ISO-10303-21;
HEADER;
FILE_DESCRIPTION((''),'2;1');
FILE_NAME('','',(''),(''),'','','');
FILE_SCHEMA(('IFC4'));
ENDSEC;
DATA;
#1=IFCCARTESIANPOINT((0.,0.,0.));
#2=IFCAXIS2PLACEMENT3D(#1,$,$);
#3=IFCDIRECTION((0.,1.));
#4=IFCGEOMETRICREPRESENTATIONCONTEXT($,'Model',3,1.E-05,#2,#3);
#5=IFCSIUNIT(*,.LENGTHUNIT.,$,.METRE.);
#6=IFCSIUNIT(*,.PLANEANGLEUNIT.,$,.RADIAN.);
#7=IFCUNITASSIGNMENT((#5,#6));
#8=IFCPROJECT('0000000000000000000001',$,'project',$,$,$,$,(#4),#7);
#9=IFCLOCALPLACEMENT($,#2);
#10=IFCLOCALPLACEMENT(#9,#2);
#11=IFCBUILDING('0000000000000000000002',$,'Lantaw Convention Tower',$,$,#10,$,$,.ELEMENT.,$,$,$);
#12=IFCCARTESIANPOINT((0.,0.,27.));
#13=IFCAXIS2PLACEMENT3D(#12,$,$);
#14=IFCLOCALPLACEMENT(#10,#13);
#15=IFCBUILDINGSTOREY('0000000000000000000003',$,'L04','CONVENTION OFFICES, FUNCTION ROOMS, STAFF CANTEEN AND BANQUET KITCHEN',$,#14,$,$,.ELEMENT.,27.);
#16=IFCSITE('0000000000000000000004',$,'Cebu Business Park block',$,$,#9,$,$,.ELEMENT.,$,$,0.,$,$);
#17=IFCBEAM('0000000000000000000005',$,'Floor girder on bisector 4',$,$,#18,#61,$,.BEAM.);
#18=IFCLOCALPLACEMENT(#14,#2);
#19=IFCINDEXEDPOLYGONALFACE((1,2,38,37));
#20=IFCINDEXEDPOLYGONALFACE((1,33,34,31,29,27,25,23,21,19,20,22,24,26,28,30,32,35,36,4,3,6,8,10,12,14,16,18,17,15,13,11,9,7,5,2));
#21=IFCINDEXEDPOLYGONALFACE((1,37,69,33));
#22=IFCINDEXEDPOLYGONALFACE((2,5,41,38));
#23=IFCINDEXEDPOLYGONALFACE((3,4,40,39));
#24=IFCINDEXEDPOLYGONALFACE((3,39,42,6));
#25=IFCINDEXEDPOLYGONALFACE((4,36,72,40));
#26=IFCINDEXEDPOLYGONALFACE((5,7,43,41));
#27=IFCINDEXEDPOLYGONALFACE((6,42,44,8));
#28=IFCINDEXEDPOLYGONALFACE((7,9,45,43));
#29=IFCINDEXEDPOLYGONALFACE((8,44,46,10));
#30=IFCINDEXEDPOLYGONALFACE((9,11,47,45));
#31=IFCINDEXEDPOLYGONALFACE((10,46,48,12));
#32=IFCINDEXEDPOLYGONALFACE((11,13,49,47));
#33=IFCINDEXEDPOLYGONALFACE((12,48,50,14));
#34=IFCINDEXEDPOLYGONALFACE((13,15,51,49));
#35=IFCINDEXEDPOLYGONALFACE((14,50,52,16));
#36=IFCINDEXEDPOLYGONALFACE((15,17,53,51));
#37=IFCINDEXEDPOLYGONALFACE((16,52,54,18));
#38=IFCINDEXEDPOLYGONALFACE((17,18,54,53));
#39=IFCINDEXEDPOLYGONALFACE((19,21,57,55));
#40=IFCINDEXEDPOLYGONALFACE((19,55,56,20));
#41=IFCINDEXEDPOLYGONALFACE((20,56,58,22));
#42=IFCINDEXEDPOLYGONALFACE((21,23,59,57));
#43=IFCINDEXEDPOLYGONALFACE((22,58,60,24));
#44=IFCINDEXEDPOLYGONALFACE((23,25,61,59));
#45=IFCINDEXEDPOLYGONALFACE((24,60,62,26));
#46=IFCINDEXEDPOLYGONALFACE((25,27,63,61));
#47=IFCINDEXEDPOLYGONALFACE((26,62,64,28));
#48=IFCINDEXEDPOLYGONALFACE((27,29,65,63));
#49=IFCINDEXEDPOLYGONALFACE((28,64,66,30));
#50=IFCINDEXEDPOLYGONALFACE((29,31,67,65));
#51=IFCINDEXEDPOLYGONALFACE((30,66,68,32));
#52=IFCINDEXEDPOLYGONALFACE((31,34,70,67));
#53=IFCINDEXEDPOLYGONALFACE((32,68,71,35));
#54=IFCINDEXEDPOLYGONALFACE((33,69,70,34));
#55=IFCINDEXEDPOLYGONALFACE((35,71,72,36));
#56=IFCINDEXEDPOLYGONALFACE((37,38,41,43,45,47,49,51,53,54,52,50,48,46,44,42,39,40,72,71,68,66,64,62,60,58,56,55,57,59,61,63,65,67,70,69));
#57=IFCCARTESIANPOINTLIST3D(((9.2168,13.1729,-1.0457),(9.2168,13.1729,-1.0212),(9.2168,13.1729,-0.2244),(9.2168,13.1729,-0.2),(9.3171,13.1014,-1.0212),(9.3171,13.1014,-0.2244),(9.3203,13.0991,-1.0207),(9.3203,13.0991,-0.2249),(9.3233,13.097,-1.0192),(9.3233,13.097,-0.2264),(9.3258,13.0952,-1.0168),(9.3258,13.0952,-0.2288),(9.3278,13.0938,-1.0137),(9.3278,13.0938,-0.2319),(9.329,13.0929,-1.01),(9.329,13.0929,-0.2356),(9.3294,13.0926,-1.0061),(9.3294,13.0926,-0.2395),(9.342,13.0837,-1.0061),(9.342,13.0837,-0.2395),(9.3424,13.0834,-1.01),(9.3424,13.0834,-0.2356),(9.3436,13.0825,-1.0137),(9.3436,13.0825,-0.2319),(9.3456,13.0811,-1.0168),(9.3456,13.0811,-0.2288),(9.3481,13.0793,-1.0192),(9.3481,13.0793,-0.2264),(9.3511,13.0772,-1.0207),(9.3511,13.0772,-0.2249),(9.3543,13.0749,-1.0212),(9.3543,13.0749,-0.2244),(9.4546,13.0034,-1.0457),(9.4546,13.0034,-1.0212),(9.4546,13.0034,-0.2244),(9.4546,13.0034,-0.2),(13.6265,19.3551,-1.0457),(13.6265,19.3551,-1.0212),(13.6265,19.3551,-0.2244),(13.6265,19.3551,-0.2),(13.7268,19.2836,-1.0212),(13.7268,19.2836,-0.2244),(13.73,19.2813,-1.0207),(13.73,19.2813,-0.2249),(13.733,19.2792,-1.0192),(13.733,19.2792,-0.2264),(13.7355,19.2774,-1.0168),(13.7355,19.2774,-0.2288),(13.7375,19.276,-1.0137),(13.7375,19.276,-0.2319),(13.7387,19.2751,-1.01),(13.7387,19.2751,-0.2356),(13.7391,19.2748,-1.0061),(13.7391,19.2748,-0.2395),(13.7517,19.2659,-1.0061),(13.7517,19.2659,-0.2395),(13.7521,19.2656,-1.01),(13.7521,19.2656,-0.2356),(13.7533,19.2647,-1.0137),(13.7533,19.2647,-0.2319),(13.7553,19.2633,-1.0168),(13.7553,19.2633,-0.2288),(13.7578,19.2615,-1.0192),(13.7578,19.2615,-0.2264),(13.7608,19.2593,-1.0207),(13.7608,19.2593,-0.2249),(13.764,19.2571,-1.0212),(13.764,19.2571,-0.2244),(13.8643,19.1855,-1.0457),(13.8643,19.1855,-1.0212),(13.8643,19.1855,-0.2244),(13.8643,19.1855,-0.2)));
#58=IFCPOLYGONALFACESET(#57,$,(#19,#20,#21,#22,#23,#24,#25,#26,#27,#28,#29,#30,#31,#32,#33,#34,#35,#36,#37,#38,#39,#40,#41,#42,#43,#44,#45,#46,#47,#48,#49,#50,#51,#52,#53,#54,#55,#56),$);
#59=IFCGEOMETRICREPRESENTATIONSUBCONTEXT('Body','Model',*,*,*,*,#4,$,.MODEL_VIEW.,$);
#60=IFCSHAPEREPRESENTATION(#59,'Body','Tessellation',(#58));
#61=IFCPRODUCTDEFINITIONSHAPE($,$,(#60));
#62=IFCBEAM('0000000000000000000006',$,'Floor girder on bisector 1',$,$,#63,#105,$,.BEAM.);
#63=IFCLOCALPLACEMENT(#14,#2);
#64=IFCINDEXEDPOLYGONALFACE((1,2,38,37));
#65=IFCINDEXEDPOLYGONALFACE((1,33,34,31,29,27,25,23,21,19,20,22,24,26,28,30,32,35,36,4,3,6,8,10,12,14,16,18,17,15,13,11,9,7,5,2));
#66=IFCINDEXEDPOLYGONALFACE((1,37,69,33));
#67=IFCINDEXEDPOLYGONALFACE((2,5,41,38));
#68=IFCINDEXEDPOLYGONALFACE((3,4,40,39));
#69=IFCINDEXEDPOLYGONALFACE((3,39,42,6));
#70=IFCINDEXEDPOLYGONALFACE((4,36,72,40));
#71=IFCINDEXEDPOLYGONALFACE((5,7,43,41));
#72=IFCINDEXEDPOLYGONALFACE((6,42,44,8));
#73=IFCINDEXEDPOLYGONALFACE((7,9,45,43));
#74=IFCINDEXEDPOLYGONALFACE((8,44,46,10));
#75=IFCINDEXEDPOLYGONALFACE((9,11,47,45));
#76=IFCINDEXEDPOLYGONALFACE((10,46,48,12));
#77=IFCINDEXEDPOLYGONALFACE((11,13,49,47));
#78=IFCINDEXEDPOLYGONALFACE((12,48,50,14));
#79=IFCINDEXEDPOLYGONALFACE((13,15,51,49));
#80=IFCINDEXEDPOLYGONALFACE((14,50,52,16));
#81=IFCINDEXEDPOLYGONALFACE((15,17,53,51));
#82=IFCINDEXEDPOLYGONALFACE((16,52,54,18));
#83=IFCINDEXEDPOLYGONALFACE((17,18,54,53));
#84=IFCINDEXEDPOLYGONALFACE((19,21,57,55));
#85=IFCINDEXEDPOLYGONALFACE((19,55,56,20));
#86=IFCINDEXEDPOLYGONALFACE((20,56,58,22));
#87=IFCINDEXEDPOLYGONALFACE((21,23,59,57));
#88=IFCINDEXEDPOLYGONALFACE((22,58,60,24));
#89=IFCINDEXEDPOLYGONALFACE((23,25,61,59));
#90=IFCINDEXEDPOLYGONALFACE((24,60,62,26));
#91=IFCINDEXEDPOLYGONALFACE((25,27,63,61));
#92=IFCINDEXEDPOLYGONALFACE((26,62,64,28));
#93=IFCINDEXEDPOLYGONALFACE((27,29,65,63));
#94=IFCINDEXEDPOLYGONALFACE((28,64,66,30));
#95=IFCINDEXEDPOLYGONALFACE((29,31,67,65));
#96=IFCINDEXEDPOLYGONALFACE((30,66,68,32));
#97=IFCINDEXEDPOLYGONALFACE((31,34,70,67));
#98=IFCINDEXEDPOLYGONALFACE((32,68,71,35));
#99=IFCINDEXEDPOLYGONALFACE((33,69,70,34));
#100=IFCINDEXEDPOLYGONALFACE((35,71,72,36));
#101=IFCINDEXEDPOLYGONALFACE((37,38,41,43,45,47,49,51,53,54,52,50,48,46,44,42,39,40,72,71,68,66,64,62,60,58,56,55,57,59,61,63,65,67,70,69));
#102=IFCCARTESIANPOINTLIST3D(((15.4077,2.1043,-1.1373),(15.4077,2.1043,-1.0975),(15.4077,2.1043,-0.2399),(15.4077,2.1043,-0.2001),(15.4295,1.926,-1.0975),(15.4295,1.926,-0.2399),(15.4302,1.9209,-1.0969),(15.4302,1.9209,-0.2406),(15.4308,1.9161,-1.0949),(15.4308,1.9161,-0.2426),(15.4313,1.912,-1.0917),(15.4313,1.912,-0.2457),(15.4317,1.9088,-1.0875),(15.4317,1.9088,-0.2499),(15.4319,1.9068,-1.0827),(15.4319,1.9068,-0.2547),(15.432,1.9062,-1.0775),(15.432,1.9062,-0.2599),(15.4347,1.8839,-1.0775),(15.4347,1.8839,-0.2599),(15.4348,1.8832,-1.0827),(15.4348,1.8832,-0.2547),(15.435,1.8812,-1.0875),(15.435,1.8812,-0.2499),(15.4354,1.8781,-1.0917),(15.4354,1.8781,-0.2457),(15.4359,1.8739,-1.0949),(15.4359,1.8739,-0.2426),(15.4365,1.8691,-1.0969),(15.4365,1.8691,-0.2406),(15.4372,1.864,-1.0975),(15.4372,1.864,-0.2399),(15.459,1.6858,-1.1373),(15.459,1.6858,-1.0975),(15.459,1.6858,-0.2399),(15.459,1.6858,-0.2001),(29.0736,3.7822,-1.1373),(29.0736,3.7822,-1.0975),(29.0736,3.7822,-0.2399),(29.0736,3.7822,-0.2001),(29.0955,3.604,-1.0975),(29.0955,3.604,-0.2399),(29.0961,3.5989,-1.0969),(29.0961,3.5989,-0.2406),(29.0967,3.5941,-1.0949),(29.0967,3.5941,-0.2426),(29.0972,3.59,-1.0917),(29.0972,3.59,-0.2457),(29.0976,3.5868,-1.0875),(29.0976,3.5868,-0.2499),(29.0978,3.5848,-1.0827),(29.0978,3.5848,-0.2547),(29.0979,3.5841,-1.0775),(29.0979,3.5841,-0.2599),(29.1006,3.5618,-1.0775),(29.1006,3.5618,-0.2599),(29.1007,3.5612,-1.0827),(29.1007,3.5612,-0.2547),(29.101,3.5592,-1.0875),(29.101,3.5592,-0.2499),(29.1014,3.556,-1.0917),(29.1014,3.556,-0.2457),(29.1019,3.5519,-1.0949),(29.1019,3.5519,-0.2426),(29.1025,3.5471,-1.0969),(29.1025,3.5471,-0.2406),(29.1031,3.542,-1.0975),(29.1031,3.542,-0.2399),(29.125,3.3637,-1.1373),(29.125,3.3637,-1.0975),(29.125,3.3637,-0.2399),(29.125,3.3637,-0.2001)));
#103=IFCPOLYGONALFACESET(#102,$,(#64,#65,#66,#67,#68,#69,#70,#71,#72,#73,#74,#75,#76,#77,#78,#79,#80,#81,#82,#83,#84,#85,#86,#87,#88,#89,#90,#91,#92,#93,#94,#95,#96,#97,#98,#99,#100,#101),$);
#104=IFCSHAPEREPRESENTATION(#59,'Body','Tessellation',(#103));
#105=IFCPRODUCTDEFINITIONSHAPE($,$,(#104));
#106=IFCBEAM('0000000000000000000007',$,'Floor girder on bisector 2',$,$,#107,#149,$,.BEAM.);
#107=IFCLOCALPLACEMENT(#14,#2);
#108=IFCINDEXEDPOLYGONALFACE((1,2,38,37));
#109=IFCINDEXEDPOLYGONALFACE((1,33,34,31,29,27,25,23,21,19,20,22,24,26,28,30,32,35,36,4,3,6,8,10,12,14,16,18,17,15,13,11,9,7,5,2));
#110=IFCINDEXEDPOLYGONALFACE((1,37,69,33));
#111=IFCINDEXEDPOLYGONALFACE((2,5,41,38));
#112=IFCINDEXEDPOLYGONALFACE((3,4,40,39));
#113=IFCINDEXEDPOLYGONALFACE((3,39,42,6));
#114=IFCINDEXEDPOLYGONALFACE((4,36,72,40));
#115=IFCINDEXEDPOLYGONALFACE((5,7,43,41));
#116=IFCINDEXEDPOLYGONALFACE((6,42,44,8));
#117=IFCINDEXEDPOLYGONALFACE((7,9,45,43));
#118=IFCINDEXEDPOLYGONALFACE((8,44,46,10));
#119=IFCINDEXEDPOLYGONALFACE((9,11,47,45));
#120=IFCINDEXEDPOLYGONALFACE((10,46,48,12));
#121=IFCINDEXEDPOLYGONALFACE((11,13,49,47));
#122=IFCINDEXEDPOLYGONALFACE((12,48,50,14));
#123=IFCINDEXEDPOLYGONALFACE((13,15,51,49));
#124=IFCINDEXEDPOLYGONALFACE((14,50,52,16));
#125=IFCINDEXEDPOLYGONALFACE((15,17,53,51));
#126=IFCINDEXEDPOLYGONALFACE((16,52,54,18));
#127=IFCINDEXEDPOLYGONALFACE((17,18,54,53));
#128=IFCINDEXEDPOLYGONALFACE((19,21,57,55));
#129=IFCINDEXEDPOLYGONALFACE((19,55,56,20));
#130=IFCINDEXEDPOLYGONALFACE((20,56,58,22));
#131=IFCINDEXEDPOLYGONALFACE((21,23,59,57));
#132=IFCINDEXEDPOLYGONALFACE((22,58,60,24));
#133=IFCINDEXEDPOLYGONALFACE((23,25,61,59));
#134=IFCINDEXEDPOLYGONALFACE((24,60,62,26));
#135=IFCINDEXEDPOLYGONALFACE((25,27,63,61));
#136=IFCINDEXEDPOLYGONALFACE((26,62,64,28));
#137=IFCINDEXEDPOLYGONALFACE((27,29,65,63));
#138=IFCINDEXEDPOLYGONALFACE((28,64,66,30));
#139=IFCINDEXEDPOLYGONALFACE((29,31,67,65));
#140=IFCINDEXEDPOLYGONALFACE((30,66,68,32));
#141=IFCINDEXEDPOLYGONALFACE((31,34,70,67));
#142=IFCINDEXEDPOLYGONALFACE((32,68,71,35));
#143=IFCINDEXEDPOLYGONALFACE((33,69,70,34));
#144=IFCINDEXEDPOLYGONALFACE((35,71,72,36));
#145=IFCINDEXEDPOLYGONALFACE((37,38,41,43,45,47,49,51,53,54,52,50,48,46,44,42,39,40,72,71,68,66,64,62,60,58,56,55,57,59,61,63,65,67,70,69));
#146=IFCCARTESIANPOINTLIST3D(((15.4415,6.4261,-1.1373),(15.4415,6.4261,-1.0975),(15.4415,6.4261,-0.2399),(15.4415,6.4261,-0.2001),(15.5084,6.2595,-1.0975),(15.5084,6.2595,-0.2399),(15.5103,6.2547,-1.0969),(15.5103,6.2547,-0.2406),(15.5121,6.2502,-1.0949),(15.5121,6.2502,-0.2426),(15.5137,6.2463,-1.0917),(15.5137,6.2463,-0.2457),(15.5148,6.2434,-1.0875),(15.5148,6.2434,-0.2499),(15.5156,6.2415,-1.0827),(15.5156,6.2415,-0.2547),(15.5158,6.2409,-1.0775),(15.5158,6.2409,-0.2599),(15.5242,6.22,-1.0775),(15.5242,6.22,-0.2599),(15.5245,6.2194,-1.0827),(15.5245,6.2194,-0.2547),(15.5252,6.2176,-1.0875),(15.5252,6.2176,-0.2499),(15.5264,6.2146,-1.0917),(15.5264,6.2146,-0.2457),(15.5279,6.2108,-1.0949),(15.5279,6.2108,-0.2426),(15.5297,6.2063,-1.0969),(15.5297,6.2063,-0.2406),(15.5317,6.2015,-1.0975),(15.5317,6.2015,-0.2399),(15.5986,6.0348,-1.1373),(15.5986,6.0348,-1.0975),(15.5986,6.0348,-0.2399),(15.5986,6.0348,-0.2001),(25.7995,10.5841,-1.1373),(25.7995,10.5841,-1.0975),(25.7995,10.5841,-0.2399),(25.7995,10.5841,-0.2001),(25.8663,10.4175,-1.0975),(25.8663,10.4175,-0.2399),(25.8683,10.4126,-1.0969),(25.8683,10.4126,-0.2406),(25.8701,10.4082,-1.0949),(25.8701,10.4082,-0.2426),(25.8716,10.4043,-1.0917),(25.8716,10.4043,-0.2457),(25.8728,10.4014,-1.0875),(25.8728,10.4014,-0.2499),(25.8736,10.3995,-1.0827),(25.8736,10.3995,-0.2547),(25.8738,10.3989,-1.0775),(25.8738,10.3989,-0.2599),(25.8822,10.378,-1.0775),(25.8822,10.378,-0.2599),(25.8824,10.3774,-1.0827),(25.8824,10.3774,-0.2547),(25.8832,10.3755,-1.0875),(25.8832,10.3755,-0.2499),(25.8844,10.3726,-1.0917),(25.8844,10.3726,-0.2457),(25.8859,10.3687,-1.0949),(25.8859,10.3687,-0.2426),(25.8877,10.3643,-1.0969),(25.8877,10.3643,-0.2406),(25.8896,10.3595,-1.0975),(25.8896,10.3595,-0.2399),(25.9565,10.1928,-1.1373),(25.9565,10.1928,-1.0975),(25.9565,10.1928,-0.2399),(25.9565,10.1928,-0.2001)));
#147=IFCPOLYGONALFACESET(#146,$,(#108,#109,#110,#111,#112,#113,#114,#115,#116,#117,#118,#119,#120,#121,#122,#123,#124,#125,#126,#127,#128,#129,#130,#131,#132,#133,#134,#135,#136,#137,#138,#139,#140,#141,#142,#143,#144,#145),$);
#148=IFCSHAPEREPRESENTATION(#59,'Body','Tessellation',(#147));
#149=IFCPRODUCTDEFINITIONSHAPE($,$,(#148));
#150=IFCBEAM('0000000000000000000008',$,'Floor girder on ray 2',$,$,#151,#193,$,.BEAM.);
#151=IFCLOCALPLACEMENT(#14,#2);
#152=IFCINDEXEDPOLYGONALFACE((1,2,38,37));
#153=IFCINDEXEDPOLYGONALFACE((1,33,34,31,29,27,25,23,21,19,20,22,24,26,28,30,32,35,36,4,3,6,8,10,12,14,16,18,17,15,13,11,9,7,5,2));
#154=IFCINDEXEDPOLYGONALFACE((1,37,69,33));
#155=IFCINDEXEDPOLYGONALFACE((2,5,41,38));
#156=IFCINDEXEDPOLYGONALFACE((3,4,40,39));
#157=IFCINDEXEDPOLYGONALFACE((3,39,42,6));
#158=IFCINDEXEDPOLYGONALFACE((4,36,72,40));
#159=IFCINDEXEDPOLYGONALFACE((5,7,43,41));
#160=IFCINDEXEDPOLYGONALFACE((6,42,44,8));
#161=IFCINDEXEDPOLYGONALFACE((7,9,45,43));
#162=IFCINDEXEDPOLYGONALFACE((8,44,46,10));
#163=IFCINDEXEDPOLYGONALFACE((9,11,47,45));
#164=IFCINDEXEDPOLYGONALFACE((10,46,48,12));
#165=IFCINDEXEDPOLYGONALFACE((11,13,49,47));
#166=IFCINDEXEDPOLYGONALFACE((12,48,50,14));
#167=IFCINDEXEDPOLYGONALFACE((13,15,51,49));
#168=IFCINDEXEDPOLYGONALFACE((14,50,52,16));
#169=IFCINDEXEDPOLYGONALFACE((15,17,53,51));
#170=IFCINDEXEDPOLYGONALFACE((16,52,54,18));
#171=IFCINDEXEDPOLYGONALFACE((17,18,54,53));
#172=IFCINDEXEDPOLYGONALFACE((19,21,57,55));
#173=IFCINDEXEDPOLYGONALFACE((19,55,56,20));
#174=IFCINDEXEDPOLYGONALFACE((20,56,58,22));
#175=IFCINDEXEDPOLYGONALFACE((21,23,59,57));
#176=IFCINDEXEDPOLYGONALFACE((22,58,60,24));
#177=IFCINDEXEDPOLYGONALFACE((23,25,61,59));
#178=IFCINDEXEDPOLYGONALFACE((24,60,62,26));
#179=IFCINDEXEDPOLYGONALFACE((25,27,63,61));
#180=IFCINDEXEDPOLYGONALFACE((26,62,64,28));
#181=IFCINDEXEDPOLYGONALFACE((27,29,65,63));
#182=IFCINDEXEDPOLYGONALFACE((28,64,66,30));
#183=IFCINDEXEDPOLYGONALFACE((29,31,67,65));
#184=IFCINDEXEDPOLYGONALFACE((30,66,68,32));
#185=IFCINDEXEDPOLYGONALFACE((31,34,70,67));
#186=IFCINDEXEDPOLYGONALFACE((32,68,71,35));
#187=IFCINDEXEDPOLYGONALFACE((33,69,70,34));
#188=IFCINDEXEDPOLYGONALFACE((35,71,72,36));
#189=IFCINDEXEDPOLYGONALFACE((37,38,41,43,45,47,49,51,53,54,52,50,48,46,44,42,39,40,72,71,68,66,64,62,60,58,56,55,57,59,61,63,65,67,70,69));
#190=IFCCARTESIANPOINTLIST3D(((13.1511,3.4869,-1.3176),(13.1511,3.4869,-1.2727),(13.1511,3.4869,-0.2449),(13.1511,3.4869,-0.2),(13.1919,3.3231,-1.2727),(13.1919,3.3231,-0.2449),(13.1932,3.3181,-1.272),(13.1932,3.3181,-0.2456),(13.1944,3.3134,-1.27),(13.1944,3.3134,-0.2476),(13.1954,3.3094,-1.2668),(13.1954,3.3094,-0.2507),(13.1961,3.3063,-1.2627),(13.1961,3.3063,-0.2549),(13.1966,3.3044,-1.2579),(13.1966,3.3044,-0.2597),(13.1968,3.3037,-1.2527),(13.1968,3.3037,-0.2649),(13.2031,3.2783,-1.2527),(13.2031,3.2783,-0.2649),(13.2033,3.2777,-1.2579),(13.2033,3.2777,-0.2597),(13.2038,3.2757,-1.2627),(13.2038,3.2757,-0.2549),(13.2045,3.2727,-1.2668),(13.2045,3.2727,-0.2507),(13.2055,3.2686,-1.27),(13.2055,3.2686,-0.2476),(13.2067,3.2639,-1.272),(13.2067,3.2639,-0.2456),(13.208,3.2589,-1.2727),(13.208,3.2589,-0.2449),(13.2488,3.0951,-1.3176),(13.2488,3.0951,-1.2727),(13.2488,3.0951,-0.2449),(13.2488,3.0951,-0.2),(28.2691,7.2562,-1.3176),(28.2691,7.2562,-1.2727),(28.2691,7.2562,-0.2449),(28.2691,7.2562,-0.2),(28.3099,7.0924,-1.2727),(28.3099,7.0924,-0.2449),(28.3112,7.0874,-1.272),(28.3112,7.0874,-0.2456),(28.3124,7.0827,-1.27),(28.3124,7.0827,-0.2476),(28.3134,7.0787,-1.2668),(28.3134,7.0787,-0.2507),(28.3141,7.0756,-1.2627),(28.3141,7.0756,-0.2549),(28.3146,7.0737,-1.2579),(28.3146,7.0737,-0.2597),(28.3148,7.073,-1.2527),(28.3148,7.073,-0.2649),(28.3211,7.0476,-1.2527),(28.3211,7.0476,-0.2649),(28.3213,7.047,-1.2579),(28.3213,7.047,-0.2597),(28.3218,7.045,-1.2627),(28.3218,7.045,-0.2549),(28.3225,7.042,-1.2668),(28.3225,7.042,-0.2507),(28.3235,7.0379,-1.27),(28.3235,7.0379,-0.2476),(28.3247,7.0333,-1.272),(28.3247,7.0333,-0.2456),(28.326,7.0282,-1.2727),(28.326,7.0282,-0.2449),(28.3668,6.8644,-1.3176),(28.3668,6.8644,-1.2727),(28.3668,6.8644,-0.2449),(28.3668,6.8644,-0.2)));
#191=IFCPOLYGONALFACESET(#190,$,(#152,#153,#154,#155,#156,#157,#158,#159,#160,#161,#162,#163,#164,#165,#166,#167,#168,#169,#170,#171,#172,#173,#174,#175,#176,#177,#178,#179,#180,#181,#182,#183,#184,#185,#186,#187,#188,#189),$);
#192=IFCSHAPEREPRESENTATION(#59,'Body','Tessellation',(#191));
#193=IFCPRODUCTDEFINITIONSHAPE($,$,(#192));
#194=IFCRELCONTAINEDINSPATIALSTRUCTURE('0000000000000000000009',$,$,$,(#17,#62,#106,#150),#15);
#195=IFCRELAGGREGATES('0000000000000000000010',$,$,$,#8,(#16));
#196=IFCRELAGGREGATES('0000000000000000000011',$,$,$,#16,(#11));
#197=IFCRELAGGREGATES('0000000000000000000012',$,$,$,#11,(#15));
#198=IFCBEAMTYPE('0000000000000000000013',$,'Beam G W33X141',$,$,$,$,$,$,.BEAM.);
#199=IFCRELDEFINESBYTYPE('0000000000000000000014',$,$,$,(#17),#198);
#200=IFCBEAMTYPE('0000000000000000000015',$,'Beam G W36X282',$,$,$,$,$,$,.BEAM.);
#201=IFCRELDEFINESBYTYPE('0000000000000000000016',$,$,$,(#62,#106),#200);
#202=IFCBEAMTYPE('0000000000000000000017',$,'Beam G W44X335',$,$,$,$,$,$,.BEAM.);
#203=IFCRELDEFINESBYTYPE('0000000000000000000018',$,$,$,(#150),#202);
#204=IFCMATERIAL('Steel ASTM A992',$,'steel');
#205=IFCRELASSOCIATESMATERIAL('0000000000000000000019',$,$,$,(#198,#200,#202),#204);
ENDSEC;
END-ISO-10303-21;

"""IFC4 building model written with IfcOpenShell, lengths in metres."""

from ifc_helpers import new_model, si_unit, direction, frame, origin, origin_2d, place, context, subcontext, project, spatial, i_section, extrude, material, material_profile, profile_set, type_object, element, save


model = new_model("IFC4")

# Units and contexts
model_context = context("Model", 3, precision=1e-05, world=origin(), true_north=direction((0.0, 1.0)))
body_context = subcontext(model_context, "Body", "Model", "MODEL_VIEW")
ifc_project = project(units=[si_unit("LENGTHUNIT", "METRE"), si_unit("PLANEANGLEUNIT", "RADIAN")], contexts=[model_context])

# Site, building, storey
site_placement = place(None, origin())
site = spatial("IfcSite", under=ifc_project, at=site_placement, Name="Cebu Business Park block", CompositionType="ELEMENT", RefElevation=0.0)
building_placement = place(site_placement, origin())
building = spatial("IfcBuilding", under=site, at=building_placement, Name="Lantaw Convention Tower", CompositionType="ELEMENT")
storey_placement = place(building_placement, frame((0.0, 0.0, 27.0)))
storey = spatial("IfcBuildingStorey", under=building, at=storey_placement, Name="L04", Description="CONVENTION OFFICES, FUNCTION ROOMS, STAFF CANTEEN AND BANQUET KITCHEN", CompositionType="ELEMENT", Elevation=27.0)

# Beams
ifc_material_1 = material(Name="Steel ASTM A992", Category="steel")
ifc_material_profile_1 = material_profile(ifc_material_1, i_section(OverallWidth=0.292, OverallDepth=0.8457, WebThickness=0.0154, FlangeThickness=0.0244, FilletRadius=0.0151, at=origin_2d()), Name="W33X141")
ifc_profile_set_1 = profile_set([ifc_material_profile_1], Name="Steel ASTM A992")
beam_type_1 = type_object("IfcBeamType", Name="Beam G W33X141", PredefinedType="BEAM", material=ifc_profile_set_1)
beam_1_placement = place(storey_placement, frame((9.3357, 13.0881, -0.6228), z_axis=(0.580703, 0.814116, 0.0), x_axis=(-0.814116, 0.580703, 0.0)))
element("IfcBeam", 1, at=beam_1_placement, inside=storey, type_object=beam_type_1, Name="Floor girder on bisector 4", PredefinedType="BEAM", context=body_context, shape_type="SweptSolid", body=[
    extrude(i_section(OverallWidth=0.292, OverallDepth=0.8457, WebThickness=0.0154, FlangeThickness=0.0244, FilletRadius=0.0151, at=origin_2d()), origin(), (0.0, 0.0, 1.0), 7.5938),
])
ifc_material_profile_2 = material_profile(ifc_material_1, i_section(OverallWidth=0.4216, OverallDepth=0.9373, WebThickness=0.0225, FlangeThickness=0.0398, FilletRadius=0.02, at=origin_2d()), Name="W36X282")
ifc_profile_set_2 = profile_set([ifc_material_profile_2], Name="Steel ASTM A992")
beam_type_2 = type_object("IfcBeamType", Name="Beam G W36X282", PredefinedType="BEAM", material=ifc_profile_set_2)
beam_2_placement = place(storey_placement, frame((15.4333, 1.895, -0.6687), z_axis=(0.992546, 0.12187, 0.0), x_axis=(-0.12187, 0.992546, 0.0)))
element("IfcBeam", 2, at=beam_2_placement, inside=storey, type_object=beam_type_2, Name="Floor girder on bisector 1", PredefinedType="BEAM", context=body_context, shape_type="SweptSolid", body=[
    extrude(i_section(OverallWidth=0.4216, OverallDepth=0.9373, WebThickness=0.0225, FlangeThickness=0.0398, FilletRadius=0.02, at=origin_2d()), origin(), (0.0, 0.0, 1.0), 13.7686),
])
beam_3_placement = place(storey_placement, frame((15.52, 6.2305, -0.6687), z_axis=(0.928019, 0.372533, 0.0), x_axis=(-0.372533, 0.928019, 0.0)))
element("IfcBeam", 3, at=beam_3_placement, inside=storey, type_object=beam_type_2, Name="Floor girder on bisector 2", PredefinedType="BEAM", context=body_context, shape_type="SweptSolid", body=[
    extrude(i_section(OverallWidth=0.4216, OverallDepth=0.9373, WebThickness=0.0225, FlangeThickness=0.0398, FilletRadius=0.02, at=origin_2d()), origin(), (0.0, 0.0, 1.0), 11.1614),
])
ifc_material_profile_3 = material_profile(ifc_material_1, i_section(OverallWidth=0.4038, OverallDepth=1.1177, WebThickness=0.0261, FlangeThickness=0.0449, FilletRadius=0.02, at=origin_2d()), Name="W44X335")
ifc_profile_set_3 = profile_set([ifc_material_profile_3], Name="Steel ASTM A992")
beam_type_3 = type_object("IfcBeamType", Name="Beam G W44X335", PredefinedType="BEAM", material=ifc_profile_set_3)
beam_4_placement = place(storey_placement, frame((13.2, 3.291, -0.7588), z_axis=(0.970296, 0.24192, 0.0), x_axis=(-0.24192, 0.970296, 0.0)))
element("IfcBeam", 4, at=beam_4_placement, inside=storey, type_object=beam_type_3, Name="Floor girder on ray 2", PredefinedType="BEAM", context=body_context, shape_type="SweptSolid", body=[
    extrude(i_section(OverallWidth=0.4038, OverallDepth=1.1177, WebThickness=0.0261, FlangeThickness=0.0449, FilletRadius=0.02, at=origin_2d()), origin(), (0.0, 0.0, 1.0), 15.5808),
])

save(model, "model.ifc")
